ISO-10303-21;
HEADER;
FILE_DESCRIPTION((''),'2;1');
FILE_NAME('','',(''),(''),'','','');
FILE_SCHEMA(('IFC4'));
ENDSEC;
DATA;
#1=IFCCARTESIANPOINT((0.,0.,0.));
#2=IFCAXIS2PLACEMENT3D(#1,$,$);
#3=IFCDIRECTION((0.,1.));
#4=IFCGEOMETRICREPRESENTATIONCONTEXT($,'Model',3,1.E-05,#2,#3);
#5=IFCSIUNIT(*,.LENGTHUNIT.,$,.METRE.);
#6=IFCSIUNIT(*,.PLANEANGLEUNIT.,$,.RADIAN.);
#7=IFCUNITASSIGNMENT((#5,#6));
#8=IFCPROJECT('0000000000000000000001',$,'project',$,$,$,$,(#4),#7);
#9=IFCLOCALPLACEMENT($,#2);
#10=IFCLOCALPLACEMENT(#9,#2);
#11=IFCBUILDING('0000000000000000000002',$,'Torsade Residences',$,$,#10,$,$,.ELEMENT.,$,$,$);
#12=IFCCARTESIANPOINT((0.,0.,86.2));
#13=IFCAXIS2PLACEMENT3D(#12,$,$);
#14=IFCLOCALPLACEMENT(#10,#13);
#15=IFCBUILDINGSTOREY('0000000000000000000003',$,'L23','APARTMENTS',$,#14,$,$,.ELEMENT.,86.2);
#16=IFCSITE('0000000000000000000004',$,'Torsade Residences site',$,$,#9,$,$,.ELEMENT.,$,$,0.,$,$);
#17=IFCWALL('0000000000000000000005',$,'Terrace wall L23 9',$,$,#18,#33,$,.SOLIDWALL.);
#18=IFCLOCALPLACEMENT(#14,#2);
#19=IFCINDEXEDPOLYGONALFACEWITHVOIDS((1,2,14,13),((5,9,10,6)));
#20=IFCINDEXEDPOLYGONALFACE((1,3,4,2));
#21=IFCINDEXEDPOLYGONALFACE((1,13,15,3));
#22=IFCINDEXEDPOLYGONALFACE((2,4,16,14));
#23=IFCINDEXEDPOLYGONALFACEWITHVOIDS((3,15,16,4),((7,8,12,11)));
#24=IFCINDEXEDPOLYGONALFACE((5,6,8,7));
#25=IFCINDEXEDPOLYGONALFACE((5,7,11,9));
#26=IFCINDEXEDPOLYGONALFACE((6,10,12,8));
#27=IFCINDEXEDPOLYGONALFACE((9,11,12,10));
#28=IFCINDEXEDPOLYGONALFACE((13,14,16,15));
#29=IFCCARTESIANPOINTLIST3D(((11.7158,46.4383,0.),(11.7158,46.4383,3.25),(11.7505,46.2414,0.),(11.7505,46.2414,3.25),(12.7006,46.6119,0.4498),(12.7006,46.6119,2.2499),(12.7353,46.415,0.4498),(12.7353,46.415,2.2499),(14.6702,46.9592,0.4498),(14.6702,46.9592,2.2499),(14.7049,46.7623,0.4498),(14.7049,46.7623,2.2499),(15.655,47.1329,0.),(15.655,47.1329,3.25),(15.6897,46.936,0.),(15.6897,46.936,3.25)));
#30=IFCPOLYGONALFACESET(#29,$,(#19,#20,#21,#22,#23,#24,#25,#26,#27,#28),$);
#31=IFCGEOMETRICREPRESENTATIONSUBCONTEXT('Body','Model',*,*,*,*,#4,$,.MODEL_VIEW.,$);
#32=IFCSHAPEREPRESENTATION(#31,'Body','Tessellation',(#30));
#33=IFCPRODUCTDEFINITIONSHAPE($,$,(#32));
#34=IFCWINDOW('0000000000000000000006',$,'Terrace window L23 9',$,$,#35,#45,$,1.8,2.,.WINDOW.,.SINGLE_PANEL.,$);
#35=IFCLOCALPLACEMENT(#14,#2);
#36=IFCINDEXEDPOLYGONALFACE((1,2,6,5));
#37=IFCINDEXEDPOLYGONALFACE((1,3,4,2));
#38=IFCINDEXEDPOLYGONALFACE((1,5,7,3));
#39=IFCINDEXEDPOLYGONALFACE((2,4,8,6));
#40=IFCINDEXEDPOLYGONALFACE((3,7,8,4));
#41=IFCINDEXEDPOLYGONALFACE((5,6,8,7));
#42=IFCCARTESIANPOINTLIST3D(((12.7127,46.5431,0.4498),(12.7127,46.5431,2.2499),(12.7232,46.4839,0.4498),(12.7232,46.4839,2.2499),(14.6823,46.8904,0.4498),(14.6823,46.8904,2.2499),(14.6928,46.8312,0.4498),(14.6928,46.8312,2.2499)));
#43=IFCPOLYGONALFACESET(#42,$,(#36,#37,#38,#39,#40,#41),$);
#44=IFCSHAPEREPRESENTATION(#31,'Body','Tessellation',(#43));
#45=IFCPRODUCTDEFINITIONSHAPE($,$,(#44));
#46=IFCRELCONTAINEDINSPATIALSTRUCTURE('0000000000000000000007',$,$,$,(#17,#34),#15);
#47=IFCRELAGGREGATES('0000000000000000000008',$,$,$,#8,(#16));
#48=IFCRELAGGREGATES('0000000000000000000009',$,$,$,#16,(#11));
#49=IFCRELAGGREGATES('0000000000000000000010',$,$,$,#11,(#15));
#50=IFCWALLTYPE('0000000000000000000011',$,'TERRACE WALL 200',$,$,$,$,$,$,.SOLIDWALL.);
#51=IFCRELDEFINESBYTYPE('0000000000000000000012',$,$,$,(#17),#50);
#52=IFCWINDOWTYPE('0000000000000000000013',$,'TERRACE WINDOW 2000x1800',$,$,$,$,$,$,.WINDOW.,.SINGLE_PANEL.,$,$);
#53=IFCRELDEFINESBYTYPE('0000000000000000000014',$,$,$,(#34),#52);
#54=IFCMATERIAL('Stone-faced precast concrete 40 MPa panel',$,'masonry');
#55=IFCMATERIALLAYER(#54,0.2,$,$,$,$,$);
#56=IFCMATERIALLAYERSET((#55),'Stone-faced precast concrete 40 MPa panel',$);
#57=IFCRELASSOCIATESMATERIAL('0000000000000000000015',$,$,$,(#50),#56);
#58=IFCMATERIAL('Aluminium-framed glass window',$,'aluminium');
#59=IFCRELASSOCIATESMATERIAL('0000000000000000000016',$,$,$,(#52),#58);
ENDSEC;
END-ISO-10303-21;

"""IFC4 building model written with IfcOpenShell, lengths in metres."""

from ifc_helpers import new_model, si_unit, direction, frame, frame_2d, origin, place, context, subcontext, project, spatial, rectangle, extrude, material, layer, layer_set, type_object, element, fill, save


model = new_model("IFC4")

# Units and contexts
model_context = context("Model", 3, precision=1e-05, world=origin(), true_north=direction((0.0, 1.0)))
body_context = subcontext(model_context, "Body", "Model", "MODEL_VIEW")
ifc_project = project(units=[si_unit("LENGTHUNIT", "METRE"), si_unit("PLANEANGLEUNIT", "RADIAN")], contexts=[model_context])

# Site, building, storey
site_placement = place(None, origin())
site = spatial("IfcSite", under=ifc_project, at=site_placement, Name="Torsade Residences site", CompositionType="ELEMENT", RefElevation=0.0)
building_placement = place(site_placement, origin())
building = spatial("IfcBuilding", under=site, at=building_placement, Name="Torsade Residences", CompositionType="ELEMENT")
storey_placement = place(building_placement, frame((0.0, 0.0, 86.2)))
storey = spatial("IfcBuildingStorey", under=building, at=storey_placement, Name="L23", Description="APARTMENTS", CompositionType="ELEMENT", Elevation=86.2)

# Shared definitions
ifc_material_1 = material(Name="Stone-faced precast concrete 40 MPa panel", Category="masonry")
ifc_layer_1 = layer(ifc_material_1, 0.2)
ifc_layer_set_1 = layer_set([ifc_layer_1], Name="Stone-faced precast concrete 40 MPa panel")
wall_type_1 = type_object("IfcWallType", Name="TERRACE WALL 200", PredefinedType="SOLIDWALL", material=ifc_layer_set_1)

# Wall, opening, window
wall_1_placement = place(storey_placement, frame((15.6724, 47.0344, 0.0), z_axis=(0.0, 0.0, 1.0), x_axis=(-0.984808, -0.173646, 0.0)))
wall_1 = element("IfcWall", 1, at=wall_1_placement, inside=storey, type_object=wall_type_1, Name="Terrace wall L23 9", PredefinedType="SOLIDWALL", context=body_context, shape_type="SweptSolid", body=[
    extrude(rectangle(XDim=4.0, YDim=0.2, at=frame_2d((2.0, 0.0))), origin(), (0.0, 0.0, 1.0), 3.25),
])
opening_1_placement = place(wall_1_placement, frame((1.0, 0.0, 0.45)))
opening_1 = element("IfcOpeningElement", 2, at=opening_1_placement, cuts=wall_1, PredefinedType="OPENING", context=body_context, shape_type="SweptSolid", body=[
    extrude(rectangle(XDim=2.0, YDim=1.8, at=frame_2d((1.0, 0.8999))), frame((0.0, 0.1099, 0.0), z_axis=(0.0, -1.0, 0.0), x_axis=(1.0, 0.0, 0.0)), (0.0, 0.0, 1.0), 0.22),
])
ifc_material_2 = material(Name="Aluminium-framed glass window", Category="aluminium")
window_type = type_object("IfcWindowType", Name="TERRACE WINDOW 2000x1800", PartitioningType="SINGLE_PANEL", PredefinedType="WINDOW", material=ifc_material_2)
window_placement = place(opening_1_placement, origin())
window = element("IfcWindow", 3, at=window_placement, inside=storey, type_object=window_type, Name="Terrace window L23 9", OverallHeight=1.8, OverallWidth=2.0, PartitioningType="SINGLE_PANEL", PredefinedType="WINDOW", context=body_context, shape_type="SweptSolid", body=[
    extrude(rectangle(XDim=2.0, YDim=1.8, at=frame_2d((1.0, 0.8999))), frame((0.0, 0.03, 0.0), z_axis=(0.0, -1.0, 0.0), x_axis=(1.0, 0.0, 0.0)), (0.0, 0.0, 1.0), 0.0601),
])
fill(opening_1, window)

save(model, "model.ifc")
